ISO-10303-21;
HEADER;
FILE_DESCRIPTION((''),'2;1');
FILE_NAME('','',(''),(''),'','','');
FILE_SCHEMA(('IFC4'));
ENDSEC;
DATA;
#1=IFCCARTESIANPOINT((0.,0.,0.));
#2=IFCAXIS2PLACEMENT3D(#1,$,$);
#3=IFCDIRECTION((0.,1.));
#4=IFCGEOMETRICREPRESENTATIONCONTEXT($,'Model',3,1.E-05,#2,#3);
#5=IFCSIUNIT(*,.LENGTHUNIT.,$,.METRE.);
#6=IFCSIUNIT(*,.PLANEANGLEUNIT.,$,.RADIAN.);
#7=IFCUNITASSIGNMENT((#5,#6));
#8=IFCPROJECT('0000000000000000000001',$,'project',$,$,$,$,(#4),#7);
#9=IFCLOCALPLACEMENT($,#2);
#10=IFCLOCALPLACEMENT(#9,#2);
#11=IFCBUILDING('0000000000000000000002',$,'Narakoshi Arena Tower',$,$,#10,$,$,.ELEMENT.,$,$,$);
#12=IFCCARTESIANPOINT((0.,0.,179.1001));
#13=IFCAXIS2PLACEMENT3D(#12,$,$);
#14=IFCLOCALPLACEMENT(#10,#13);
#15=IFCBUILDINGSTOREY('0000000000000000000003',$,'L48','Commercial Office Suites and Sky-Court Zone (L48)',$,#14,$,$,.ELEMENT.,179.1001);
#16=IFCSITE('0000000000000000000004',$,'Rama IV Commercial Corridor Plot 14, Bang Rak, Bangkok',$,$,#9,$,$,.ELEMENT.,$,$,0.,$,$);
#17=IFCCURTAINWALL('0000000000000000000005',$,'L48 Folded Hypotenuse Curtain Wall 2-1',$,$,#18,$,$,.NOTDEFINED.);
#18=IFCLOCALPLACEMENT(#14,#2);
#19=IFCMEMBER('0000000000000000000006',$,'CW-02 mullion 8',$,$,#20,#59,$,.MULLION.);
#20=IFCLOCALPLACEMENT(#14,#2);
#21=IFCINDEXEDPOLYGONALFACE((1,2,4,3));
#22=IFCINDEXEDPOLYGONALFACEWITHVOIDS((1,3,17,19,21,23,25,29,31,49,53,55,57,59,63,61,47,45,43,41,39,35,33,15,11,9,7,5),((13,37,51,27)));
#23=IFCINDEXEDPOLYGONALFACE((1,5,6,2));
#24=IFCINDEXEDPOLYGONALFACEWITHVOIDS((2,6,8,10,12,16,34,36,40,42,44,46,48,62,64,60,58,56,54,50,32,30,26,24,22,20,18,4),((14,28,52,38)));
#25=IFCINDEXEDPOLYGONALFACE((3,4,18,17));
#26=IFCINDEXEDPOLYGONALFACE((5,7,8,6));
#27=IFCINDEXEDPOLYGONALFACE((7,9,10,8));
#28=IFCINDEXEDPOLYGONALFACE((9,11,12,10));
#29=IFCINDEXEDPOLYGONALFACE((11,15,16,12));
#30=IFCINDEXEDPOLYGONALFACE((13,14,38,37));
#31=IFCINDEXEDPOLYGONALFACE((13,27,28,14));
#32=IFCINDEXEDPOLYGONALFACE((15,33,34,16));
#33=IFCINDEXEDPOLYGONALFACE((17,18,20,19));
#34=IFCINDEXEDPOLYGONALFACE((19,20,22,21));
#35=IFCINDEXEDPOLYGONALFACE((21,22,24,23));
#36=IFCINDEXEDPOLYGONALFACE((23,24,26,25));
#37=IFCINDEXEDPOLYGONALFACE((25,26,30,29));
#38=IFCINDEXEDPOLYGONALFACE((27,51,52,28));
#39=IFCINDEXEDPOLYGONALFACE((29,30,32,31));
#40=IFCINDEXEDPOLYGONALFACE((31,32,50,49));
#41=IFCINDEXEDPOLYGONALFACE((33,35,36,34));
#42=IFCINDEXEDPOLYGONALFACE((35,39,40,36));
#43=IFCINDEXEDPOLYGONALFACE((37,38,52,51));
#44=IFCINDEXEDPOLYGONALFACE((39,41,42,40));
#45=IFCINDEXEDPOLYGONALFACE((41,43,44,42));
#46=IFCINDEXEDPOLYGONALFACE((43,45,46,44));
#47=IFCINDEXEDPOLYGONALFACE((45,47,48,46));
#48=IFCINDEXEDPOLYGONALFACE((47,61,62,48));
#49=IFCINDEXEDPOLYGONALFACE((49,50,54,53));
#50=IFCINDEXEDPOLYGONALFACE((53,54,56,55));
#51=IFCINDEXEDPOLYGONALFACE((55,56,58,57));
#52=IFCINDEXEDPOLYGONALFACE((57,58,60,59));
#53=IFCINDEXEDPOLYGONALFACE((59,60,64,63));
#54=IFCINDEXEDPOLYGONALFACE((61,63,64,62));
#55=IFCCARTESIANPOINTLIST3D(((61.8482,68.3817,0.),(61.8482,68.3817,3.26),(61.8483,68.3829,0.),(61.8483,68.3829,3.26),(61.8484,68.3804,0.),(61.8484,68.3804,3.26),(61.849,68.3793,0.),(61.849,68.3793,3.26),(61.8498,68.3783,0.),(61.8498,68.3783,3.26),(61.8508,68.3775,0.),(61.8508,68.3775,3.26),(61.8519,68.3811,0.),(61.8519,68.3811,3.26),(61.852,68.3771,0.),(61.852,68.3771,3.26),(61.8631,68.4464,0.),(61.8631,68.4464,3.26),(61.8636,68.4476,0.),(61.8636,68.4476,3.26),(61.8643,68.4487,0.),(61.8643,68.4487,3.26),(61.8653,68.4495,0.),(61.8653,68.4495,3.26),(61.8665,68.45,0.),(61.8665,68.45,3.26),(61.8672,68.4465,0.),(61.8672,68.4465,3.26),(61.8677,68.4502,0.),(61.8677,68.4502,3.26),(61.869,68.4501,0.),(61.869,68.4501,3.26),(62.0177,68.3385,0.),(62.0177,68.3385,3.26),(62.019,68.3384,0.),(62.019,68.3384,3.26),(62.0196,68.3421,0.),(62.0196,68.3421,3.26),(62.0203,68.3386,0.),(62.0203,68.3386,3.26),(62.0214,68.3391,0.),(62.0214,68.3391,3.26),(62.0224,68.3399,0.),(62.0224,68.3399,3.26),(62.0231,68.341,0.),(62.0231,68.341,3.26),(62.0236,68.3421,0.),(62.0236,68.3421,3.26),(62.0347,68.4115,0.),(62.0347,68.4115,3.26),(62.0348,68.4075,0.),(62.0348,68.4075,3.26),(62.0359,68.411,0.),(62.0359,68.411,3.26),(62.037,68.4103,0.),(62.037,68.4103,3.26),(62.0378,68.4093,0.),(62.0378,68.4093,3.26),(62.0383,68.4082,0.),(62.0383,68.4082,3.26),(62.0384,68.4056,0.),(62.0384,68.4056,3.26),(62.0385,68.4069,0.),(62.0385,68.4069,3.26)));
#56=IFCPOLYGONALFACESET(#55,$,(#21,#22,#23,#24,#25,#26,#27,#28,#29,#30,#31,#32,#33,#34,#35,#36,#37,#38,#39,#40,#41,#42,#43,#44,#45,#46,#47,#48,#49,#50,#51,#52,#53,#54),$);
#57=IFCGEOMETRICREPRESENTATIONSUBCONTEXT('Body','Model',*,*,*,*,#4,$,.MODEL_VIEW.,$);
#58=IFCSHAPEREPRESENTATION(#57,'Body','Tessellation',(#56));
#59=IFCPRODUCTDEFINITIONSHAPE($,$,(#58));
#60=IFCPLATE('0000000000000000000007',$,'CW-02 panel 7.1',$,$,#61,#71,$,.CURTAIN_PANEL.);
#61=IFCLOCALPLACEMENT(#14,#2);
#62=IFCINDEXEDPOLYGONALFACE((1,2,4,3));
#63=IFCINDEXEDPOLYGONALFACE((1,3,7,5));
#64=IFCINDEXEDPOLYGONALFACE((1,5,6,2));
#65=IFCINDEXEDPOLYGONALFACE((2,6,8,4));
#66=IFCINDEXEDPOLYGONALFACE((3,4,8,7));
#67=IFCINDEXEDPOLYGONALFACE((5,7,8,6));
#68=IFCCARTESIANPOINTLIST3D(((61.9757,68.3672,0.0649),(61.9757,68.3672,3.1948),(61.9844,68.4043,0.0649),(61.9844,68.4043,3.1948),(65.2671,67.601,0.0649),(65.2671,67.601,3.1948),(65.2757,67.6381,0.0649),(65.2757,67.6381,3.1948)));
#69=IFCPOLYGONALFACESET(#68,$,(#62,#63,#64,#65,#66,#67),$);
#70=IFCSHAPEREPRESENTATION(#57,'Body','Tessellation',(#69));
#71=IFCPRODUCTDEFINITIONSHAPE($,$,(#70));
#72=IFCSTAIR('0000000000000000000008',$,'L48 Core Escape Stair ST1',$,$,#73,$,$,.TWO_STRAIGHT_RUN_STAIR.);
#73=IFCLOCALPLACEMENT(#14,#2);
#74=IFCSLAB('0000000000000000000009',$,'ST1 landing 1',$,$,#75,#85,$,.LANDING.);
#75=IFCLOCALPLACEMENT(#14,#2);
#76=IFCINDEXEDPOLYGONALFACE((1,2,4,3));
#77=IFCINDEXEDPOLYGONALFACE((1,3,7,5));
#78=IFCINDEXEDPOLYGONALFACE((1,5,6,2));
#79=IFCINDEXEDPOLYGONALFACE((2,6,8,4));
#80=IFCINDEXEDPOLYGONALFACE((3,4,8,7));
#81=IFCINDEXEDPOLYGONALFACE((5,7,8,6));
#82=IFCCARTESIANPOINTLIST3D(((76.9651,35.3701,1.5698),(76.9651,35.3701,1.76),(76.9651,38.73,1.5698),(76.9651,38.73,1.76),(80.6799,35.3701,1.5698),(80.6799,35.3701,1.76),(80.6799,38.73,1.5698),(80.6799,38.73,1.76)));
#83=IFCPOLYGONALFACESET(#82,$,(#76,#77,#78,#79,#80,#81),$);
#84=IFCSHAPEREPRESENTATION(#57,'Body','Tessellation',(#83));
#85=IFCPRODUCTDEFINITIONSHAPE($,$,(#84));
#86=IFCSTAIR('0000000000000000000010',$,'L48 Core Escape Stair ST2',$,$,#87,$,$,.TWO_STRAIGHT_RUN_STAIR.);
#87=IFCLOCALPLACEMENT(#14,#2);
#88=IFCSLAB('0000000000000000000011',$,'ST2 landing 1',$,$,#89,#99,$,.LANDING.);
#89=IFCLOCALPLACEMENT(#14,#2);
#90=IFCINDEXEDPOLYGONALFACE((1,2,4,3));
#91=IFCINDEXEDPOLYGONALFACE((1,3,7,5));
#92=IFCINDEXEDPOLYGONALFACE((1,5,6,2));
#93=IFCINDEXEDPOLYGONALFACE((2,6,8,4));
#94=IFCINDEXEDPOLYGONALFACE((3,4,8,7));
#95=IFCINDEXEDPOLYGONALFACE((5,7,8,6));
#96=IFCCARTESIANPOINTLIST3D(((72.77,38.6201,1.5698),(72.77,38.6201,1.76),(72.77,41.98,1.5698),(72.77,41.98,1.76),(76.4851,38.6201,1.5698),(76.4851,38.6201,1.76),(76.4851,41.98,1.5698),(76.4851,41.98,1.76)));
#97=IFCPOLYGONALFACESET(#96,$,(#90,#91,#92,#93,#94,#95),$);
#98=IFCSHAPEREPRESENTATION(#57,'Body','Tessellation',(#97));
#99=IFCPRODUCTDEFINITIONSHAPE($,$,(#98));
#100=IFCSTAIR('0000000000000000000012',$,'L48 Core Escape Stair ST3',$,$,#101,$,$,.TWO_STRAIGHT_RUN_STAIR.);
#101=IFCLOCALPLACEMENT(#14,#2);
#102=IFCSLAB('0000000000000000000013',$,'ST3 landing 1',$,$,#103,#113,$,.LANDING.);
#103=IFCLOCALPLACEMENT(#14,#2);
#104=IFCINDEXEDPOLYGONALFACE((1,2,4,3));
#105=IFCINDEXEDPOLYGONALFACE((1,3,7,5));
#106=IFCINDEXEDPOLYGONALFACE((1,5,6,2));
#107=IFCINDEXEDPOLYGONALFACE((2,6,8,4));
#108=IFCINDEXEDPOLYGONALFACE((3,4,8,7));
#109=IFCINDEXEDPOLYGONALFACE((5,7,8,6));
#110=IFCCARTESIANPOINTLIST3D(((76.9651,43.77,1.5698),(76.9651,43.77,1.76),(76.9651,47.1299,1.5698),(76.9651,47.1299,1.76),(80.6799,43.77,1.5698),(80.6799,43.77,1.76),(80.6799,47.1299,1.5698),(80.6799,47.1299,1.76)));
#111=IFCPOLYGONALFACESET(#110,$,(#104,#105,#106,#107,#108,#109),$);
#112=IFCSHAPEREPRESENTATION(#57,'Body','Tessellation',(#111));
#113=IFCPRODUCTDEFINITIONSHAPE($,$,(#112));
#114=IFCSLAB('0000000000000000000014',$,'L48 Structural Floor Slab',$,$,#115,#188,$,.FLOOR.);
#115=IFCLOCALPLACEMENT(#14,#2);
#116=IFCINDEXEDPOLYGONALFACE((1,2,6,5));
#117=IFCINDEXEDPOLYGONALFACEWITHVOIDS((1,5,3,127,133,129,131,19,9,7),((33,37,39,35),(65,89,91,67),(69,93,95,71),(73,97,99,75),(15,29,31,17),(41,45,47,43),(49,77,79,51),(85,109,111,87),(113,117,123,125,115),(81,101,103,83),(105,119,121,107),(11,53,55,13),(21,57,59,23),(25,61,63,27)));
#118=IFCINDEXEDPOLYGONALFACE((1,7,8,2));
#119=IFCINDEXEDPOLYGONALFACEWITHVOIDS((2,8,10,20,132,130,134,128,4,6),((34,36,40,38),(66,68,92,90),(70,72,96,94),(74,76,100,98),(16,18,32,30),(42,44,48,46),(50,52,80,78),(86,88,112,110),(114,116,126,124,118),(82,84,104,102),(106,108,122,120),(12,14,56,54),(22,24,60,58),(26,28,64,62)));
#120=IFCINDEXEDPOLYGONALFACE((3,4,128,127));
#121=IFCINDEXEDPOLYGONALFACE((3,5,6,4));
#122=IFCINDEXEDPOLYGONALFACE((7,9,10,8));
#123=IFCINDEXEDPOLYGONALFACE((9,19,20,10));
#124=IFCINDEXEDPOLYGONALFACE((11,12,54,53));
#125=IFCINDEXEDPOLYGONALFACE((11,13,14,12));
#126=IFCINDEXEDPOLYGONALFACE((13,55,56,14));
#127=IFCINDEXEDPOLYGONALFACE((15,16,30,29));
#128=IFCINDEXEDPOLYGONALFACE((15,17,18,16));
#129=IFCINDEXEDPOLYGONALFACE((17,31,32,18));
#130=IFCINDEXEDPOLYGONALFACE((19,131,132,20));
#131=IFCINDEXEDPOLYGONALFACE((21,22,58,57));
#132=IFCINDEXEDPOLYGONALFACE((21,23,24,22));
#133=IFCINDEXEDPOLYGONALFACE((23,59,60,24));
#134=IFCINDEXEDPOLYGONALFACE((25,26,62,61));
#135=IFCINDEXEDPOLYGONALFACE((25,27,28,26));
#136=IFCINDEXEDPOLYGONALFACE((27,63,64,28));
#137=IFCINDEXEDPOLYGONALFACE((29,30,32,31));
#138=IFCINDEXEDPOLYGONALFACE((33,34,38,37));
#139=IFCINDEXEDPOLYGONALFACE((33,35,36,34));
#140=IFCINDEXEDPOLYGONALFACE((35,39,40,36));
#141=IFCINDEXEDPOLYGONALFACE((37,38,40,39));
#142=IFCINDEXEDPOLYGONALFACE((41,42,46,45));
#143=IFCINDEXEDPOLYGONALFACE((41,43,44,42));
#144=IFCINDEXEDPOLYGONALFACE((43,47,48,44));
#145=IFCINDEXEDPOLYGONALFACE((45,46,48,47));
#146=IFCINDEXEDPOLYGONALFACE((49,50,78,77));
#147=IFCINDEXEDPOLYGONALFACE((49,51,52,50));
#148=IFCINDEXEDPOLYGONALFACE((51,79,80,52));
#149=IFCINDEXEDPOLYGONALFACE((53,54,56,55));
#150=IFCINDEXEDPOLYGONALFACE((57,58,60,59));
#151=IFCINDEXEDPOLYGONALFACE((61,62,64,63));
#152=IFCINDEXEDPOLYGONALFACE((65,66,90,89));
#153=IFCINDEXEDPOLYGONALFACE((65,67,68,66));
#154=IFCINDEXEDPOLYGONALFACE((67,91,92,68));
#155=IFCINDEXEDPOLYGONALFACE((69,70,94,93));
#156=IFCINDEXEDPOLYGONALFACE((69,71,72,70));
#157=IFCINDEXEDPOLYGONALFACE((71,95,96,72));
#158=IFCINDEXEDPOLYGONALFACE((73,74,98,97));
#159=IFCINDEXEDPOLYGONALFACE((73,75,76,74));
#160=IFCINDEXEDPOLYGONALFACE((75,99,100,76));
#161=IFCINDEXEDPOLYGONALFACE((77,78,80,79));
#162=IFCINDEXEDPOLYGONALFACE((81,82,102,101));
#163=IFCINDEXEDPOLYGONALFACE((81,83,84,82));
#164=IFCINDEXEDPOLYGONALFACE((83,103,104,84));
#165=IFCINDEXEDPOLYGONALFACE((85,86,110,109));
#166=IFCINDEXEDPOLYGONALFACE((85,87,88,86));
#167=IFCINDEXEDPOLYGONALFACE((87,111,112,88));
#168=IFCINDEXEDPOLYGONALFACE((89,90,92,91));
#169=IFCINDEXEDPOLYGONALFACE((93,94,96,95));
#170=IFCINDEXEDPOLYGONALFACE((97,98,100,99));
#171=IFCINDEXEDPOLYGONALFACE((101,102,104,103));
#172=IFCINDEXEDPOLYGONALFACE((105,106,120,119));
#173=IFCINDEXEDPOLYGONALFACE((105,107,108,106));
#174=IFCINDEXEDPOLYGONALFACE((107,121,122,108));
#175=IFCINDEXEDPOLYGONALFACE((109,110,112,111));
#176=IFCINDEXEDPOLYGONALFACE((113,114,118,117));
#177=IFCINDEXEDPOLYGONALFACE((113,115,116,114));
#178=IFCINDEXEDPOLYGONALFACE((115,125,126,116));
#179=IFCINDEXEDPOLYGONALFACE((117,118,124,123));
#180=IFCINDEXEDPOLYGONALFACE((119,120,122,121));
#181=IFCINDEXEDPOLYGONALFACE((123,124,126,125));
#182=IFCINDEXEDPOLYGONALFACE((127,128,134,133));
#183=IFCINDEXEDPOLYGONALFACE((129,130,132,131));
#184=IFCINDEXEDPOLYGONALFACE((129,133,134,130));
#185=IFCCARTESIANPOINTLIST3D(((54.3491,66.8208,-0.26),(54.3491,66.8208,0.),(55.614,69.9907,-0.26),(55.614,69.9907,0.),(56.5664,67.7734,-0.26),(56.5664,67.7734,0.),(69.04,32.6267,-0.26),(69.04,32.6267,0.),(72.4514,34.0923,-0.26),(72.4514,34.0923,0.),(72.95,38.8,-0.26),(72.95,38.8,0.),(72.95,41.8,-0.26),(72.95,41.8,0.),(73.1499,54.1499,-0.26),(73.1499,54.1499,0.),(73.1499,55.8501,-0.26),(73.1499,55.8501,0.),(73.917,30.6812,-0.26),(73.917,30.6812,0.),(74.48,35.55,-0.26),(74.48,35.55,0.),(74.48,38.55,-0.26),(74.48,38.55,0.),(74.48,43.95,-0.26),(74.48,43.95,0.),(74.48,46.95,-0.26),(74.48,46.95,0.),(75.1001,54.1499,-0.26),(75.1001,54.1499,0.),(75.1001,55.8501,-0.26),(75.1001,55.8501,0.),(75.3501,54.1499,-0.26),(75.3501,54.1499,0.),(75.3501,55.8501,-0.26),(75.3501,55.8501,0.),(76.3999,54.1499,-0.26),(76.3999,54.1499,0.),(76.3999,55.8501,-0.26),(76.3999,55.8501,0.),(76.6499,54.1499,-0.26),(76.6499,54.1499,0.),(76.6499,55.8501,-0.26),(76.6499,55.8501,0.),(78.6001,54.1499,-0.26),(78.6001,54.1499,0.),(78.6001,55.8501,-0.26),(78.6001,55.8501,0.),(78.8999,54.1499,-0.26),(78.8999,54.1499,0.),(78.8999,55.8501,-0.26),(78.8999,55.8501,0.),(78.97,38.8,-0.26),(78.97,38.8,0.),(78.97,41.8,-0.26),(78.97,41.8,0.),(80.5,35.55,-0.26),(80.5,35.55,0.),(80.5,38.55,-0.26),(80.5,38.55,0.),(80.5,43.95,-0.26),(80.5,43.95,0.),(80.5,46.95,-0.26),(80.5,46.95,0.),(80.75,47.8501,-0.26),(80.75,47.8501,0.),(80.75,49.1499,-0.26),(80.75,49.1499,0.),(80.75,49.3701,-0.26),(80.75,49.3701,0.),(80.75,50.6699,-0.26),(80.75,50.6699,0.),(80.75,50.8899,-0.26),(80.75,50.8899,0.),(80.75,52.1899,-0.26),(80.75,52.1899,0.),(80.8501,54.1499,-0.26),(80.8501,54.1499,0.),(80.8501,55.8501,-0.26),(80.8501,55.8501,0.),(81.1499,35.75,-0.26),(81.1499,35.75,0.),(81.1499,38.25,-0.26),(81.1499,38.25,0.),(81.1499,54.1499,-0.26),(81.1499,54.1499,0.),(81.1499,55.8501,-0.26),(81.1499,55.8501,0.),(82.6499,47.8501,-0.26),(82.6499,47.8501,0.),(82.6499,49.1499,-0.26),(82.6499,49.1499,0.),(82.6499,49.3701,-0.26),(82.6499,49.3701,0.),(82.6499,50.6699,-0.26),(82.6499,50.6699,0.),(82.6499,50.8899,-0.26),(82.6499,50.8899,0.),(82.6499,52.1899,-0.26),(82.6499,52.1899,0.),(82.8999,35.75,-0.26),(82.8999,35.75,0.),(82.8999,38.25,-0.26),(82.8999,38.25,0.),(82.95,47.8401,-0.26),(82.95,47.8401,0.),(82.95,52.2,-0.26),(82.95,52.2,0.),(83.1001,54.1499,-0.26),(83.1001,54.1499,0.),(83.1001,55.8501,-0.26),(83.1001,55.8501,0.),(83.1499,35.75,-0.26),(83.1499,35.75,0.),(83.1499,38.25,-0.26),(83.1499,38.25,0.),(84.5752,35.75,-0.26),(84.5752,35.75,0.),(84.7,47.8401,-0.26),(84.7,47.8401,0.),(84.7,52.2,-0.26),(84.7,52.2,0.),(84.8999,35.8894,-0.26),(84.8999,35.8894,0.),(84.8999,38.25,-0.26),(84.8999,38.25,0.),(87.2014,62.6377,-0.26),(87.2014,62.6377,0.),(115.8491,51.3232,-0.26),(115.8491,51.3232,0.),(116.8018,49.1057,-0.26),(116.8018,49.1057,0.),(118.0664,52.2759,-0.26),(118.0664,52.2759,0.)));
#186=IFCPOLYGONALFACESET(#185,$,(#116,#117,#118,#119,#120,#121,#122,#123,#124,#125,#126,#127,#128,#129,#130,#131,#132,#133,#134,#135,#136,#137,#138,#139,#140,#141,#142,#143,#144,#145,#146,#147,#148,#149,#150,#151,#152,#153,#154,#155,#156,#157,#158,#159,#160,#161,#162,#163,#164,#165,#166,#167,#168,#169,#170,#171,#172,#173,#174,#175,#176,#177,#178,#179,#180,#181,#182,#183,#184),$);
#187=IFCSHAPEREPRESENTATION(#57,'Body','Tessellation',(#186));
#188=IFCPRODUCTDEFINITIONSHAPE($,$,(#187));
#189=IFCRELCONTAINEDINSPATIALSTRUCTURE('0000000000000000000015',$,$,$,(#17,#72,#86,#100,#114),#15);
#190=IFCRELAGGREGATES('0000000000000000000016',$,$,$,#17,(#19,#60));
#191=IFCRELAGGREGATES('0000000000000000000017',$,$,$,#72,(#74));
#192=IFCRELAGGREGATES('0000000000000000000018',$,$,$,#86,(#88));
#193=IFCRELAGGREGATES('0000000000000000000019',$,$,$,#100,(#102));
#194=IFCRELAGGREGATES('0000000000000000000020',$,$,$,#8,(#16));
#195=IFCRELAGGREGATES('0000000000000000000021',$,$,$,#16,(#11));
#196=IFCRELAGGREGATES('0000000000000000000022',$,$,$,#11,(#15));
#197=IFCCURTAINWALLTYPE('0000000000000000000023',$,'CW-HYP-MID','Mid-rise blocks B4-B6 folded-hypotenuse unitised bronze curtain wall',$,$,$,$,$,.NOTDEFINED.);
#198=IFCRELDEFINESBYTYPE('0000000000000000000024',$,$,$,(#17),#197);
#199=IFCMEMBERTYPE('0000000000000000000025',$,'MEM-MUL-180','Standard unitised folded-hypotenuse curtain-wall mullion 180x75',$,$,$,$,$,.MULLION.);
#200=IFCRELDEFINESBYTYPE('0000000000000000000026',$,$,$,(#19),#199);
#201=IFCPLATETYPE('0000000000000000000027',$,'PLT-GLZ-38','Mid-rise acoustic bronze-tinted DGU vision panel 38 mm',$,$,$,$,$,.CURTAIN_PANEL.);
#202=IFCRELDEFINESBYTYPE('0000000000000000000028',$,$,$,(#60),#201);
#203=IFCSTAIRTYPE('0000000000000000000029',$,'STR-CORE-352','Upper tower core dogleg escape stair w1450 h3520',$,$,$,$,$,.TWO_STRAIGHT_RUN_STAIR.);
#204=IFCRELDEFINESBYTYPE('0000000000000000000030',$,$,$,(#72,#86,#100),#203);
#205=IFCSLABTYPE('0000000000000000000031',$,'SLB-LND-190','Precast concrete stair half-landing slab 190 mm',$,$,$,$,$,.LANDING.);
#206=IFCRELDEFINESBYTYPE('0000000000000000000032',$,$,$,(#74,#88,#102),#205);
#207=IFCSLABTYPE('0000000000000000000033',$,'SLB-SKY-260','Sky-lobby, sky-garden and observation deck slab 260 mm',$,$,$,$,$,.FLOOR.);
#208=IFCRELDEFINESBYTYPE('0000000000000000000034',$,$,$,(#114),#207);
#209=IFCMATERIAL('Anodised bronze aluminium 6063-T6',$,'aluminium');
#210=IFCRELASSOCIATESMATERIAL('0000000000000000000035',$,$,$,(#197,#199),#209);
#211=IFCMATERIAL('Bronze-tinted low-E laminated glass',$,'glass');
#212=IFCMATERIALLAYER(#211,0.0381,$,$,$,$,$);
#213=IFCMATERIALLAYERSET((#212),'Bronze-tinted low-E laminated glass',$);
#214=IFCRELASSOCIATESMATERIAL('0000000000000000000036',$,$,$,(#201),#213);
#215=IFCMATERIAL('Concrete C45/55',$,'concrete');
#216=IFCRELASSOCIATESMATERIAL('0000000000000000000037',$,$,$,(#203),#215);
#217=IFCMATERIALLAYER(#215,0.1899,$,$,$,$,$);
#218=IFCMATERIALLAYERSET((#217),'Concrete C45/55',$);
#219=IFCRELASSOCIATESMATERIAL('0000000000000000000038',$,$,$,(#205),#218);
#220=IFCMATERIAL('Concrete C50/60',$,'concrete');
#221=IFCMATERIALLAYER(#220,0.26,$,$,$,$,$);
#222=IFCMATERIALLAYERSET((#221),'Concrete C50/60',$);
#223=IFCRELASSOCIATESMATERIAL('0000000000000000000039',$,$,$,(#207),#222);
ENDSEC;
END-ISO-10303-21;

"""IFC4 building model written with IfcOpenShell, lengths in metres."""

from ifc_helpers import new_model, si_unit, direction, frame, origin, origin_2d, place, context, subcontext, project, spatial, polyline, rectangle, hollow_rectangle, outline, extrude, material, layer, layer_set, material_profile, profile_set, type_object, element, aggregate, save


model = new_model("IFC4")

# Units and contexts
model_context = context("Model", 3, precision=1e-05, world=origin(), true_north=direction((0.0, 1.0)))
body_context = subcontext(model_context, "Body", "Model", "MODEL_VIEW")
ifc_project = project(units=[si_unit("LENGTHUNIT", "METRE"), si_unit("PLANEANGLEUNIT", "RADIAN")], contexts=[model_context])

# Site, building, storey
site_placement = place(None, origin())
site = spatial("IfcSite", under=ifc_project, at=site_placement, Name="Rama IV Commercial Corridor Plot 14, Bang Rak, Bangkok", CompositionType="ELEMENT", RefElevation=0.0)
building_placement = place(site_placement, origin())
building = spatial("IfcBuilding", under=site, at=building_placement, Name="Narakoshi Arena Tower", CompositionType="ELEMENT")
storey_placement = place(building_placement, frame((0.0, 0.0, 179.1001)))
storey = spatial("IfcBuildingStorey", under=building, at=storey_placement, Name="L48", Description="Commercial Office Suites and Sky-Court Zone (L48)", CompositionType="ELEMENT", Elevation=179.1001)

# Shared definitions
ifc_material_1 = material(Name="Concrete C50/60", Category="concrete")

# Curtain wall, member, plate
ifc_material_2 = material(Name="Anodised bronze aluminium 6063-T6", Category="aluminium")
curtain_wall_type = type_object("IfcCurtainWallType", Name="CW-HYP-MID", Description="Mid-rise blocks B4-B6 folded-hypotenuse unitised bronze curtain wall", PredefinedType="NOTDEFINED", material=ifc_material_2)
curtain_wall_placement = place(storey_placement, origin())
curtain_wall = element("IfcCurtainWall", 1, at=curtain_wall_placement, inside=storey, type_object=curtain_wall_type, Name="L48 Folded Hypotenuse Curtain Wall 2-1", PredefinedType="NOTDEFINED")
ifc_material_profile_1 = material_profile(ifc_material_2, hollow_rectangle(XDim=0.075, YDim=0.1799, WallThickness=0.0039, OuterFilletRadius=0.0049, at=origin_2d()), Name="MUL180x75x4")
ifc_profile_set_1 = profile_set([ifc_material_profile_1], Name="Anodised bronze aluminium 6063-T6")
member_type = type_object("IfcMemberType", Name="MEM-MUL-180", Description="Standard unitised folded-hypotenuse curtain-wall mullion 180x75", PredefinedType="MULLION", material=ifc_profile_set_1)
member_placement = place(storey_placement, frame((61.9434, 68.3943, 0.0), z_axis=(0.0, 0.0, 1.0), x_axis=(-0.226721, -0.97396, 0.0)))
member = element("IfcMember", 2, at=member_placement, type_object=member_type, Name="CW-02 mullion 8", PredefinedType="MULLION", context=body_context, shape_type="SweptSolid", body=[
    extrude(hollow_rectangle(XDim=0.075, YDim=0.1799, WallThickness=0.0039, OuterFilletRadius=0.0049, at=origin_2d()), origin(), (0.0, 0.0, 1.0), 3.26),
])
ifc_material_3 = material(Name="Bronze-tinted low-E laminated glass", Category="glass")
ifc_layer_1 = layer(ifc_material_3, 0.0381)
ifc_layer_set_1 = layer_set([ifc_layer_1], Name="Bronze-tinted low-E laminated glass")
plate_type = type_object("IfcPlateType", Name="PLT-GLZ-38", Description="Mid-rise acoustic bronze-tinted DGU vision panel 38 mm", PredefinedType="CURTAIN_PANEL", material=ifc_layer_set_1)
plate_placement = place(storey_placement, frame((63.6257, 68.0027, 0.0649), z_axis=(0.0, 0.0, 1.0), x_axis=(-0.97396, 0.226721, 0.0)))
plate = element("IfcPlate", 3, at=plate_placement, type_object=plate_type, Name="CW-02 panel 7.1", PredefinedType="CURTAIN_PANEL", context=body_context, shape_type="SweptSolid", body=[
    extrude(rectangle(XDim=3.3794, YDim=0.0381, at=origin_2d()), origin(), (0.0, 0.0, 1.0), 3.1299),
])
aggregate(curtain_wall, [member, plate])

# Stairs, slabs
ifc_material_4 = material(Name="Concrete C45/55", Category="concrete")
stair_type = type_object("IfcStairType", Name="STR-CORE-352", Description="Upper tower core dogleg escape stair w1450 h3520", PredefinedType="TWO_STRAIGHT_RUN_STAIR", material=ifc_material_4)
stair_1_placement = place(storey_placement, origin())
stair_1 = element("IfcStair", 4, at=stair_1_placement, inside=storey, type_object=stair_type, Name="L48 Core Escape Stair ST1", PredefinedType="TWO_STRAIGHT_RUN_STAIR")
ifc_layer_2 = layer(ifc_material_4, 0.1899)
ifc_layer_set_2 = layer_set([ifc_layer_2], Name="Concrete C45/55")
slab_type_1 = type_object("IfcSlabType", Name="SLB-LND-190", Description="Precast concrete stair half-landing slab 190 mm", PredefinedType="LANDING", material=ifc_layer_set_2)
slab_1_placement = place(storey_placement, frame((0.0, 0.0, 1.5698)))
slab_1 = element("IfcSlab", 5, at=slab_1_placement, type_object=slab_type_1, Name="ST1 landing 1", PredefinedType="LANDING", context=body_context, shape_type="SweptSolid", body=[
    extrude(outline(polyline([(76.9651, 35.3701), (80.6799, 35.3701), (80.6799, 38.73), (76.9651, 38.73), (76.9651, 35.3701)])), origin(), (0.0, 0.0, 1.0), 0.1902),
])
aggregate(stair_1, [slab_1])
stair_2_placement = place(storey_placement, origin())
stair_2 = element("IfcStair", 6, at=stair_2_placement, inside=storey, type_object=stair_type, Name="L48 Core Escape Stair ST2", PredefinedType="TWO_STRAIGHT_RUN_STAIR")
slab_2_placement = place(storey_placement, frame((0.0, 0.0, 1.5698)))
slab_2 = element("IfcSlab", 7, at=slab_2_placement, type_object=slab_type_1, Name="ST2 landing 1", PredefinedType="LANDING", context=body_context, shape_type="SweptSolid", body=[
    extrude(outline(polyline([(72.77, 38.6201), (76.4851, 38.6201), (76.4851, 41.98), (72.77, 41.98), (72.77, 38.6201)])), origin(), (0.0, 0.0, 1.0), 0.1902),
])
aggregate(stair_2, [slab_2])
stair_3_placement = place(storey_placement, origin())
stair_3 = element("IfcStair", 8, at=stair_3_placement, inside=storey, type_object=stair_type, Name="L48 Core Escape Stair ST3", PredefinedType="TWO_STRAIGHT_RUN_STAIR")
slab_3_placement = place(storey_placement, frame((0.0, 0.0, 1.5698)))
slab_3 = element("IfcSlab", 9, at=slab_3_placement, type_object=slab_type_1, Name="ST3 landing 1", PredefinedType="LANDING", context=body_context, shape_type="SweptSolid", body=[
    extrude(outline(polyline([(76.9651, 43.77), (80.6799, 43.77), (80.6799, 47.1299), (76.9651, 47.1299), (76.9651, 43.77)])), origin(), (0.0, 0.0, 1.0), 0.1902),
])
aggregate(stair_3, [slab_3])

# Slab
ifc_layer_3 = layer(ifc_material_1, 0.26)
ifc_layer_set_3 = layer_set([ifc_layer_3], Name="Concrete C50/60")
slab_type_2 = type_object("IfcSlabType", Name="SLB-SKY-260", Description="Sky-lobby, sky-garden and observation deck slab 260 mm", PredefinedType="FLOOR", material=ifc_layer_set_3)
slab_4_placement = place(storey_placement, frame((0.0, 0.0, -0.26)))
element("IfcSlab", 10, at=slab_4_placement, inside=storey, type_object=slab_type_2, Name="L48 Structural Floor Slab", PredefinedType="FLOOR", context=body_context, shape_type="SweptSolid", body=[
    extrude(outline(polyline([(73.917, 30.6812), (116.8018, 49.1057), (115.8491, 51.3232), (118.0664, 52.2759), (87.2014, 62.6377), (55.614, 69.9907), (56.5664, 67.7734), (54.3491, 66.8208), (69.04, 32.6267), (72.4514, 34.0923), (73.917, 30.6812)]), holes=[polyline([(80.5, 35.55), (74.48, 35.55), (74.48, 38.55), (80.5, 38.55), (80.5, 35.55)]), polyline([(82.8999, 35.75), (81.1499, 35.75), (81.1499, 38.25), (82.8999, 38.25), (82.8999, 35.75)]), polyline([(84.5752, 35.75), (83.1499, 35.75), (83.1499, 38.25), (84.8999, 38.25), (84.8999, 35.8894), (84.5752, 35.75)]), polyline([(72.95, 38.8), (72.95, 41.8), (78.97, 41.8), (78.97, 38.8), (72.95, 38.8)]), polyline([(74.48, 43.95), (74.48, 46.95), (80.5, 46.95), (80.5, 43.95), (74.48, 43.95)]), polyline([(82.95, 47.8401), (82.95, 52.2), (84.7, 52.2), (84.7, 47.8401), (82.95, 47.8401)]), polyline([(80.75, 47.8501), (80.75, 49.1499), (82.6499, 49.1499), (82.6499, 47.8501), (80.75, 47.8501)]), polyline([(80.75, 49.3701), (80.75, 50.6699), (82.6499, 50.6699), (82.6499, 49.3701), (80.75, 49.3701)]), polyline([(80.75, 50.8899), (80.75, 52.1899), (82.6499, 52.1899), (82.6499, 50.8899), (80.75, 50.8899)]), polyline([(73.1499, 54.1499), (73.1499, 55.8501), (75.1001, 55.8501), (75.1001, 54.1499), (73.1499, 54.1499)]), polyline([(75.3501, 54.1499), (75.3501, 55.8501), (76.3999, 55.8501), (76.3999, 54.1499), (75.3501, 54.1499)]), polyline([(76.6499, 54.1499), (76.6499, 55.8501), (78.6001, 55.8501), (78.6001, 54.1499), (76.6499, 54.1499)]), polyline([(78.8999, 54.1499), (78.8999, 55.8501), (80.8501, 55.8501), (80.8501, 54.1499), (78.8999, 54.1499)]), polyline([(81.1499, 54.1499), (81.1499, 55.8501), (83.1001, 55.8501), (83.1001, 54.1499), (81.1499, 54.1499)])]), origin(), (0.0, 0.0, 1.0), 0.26),
])

save(model, "model.ifc")
